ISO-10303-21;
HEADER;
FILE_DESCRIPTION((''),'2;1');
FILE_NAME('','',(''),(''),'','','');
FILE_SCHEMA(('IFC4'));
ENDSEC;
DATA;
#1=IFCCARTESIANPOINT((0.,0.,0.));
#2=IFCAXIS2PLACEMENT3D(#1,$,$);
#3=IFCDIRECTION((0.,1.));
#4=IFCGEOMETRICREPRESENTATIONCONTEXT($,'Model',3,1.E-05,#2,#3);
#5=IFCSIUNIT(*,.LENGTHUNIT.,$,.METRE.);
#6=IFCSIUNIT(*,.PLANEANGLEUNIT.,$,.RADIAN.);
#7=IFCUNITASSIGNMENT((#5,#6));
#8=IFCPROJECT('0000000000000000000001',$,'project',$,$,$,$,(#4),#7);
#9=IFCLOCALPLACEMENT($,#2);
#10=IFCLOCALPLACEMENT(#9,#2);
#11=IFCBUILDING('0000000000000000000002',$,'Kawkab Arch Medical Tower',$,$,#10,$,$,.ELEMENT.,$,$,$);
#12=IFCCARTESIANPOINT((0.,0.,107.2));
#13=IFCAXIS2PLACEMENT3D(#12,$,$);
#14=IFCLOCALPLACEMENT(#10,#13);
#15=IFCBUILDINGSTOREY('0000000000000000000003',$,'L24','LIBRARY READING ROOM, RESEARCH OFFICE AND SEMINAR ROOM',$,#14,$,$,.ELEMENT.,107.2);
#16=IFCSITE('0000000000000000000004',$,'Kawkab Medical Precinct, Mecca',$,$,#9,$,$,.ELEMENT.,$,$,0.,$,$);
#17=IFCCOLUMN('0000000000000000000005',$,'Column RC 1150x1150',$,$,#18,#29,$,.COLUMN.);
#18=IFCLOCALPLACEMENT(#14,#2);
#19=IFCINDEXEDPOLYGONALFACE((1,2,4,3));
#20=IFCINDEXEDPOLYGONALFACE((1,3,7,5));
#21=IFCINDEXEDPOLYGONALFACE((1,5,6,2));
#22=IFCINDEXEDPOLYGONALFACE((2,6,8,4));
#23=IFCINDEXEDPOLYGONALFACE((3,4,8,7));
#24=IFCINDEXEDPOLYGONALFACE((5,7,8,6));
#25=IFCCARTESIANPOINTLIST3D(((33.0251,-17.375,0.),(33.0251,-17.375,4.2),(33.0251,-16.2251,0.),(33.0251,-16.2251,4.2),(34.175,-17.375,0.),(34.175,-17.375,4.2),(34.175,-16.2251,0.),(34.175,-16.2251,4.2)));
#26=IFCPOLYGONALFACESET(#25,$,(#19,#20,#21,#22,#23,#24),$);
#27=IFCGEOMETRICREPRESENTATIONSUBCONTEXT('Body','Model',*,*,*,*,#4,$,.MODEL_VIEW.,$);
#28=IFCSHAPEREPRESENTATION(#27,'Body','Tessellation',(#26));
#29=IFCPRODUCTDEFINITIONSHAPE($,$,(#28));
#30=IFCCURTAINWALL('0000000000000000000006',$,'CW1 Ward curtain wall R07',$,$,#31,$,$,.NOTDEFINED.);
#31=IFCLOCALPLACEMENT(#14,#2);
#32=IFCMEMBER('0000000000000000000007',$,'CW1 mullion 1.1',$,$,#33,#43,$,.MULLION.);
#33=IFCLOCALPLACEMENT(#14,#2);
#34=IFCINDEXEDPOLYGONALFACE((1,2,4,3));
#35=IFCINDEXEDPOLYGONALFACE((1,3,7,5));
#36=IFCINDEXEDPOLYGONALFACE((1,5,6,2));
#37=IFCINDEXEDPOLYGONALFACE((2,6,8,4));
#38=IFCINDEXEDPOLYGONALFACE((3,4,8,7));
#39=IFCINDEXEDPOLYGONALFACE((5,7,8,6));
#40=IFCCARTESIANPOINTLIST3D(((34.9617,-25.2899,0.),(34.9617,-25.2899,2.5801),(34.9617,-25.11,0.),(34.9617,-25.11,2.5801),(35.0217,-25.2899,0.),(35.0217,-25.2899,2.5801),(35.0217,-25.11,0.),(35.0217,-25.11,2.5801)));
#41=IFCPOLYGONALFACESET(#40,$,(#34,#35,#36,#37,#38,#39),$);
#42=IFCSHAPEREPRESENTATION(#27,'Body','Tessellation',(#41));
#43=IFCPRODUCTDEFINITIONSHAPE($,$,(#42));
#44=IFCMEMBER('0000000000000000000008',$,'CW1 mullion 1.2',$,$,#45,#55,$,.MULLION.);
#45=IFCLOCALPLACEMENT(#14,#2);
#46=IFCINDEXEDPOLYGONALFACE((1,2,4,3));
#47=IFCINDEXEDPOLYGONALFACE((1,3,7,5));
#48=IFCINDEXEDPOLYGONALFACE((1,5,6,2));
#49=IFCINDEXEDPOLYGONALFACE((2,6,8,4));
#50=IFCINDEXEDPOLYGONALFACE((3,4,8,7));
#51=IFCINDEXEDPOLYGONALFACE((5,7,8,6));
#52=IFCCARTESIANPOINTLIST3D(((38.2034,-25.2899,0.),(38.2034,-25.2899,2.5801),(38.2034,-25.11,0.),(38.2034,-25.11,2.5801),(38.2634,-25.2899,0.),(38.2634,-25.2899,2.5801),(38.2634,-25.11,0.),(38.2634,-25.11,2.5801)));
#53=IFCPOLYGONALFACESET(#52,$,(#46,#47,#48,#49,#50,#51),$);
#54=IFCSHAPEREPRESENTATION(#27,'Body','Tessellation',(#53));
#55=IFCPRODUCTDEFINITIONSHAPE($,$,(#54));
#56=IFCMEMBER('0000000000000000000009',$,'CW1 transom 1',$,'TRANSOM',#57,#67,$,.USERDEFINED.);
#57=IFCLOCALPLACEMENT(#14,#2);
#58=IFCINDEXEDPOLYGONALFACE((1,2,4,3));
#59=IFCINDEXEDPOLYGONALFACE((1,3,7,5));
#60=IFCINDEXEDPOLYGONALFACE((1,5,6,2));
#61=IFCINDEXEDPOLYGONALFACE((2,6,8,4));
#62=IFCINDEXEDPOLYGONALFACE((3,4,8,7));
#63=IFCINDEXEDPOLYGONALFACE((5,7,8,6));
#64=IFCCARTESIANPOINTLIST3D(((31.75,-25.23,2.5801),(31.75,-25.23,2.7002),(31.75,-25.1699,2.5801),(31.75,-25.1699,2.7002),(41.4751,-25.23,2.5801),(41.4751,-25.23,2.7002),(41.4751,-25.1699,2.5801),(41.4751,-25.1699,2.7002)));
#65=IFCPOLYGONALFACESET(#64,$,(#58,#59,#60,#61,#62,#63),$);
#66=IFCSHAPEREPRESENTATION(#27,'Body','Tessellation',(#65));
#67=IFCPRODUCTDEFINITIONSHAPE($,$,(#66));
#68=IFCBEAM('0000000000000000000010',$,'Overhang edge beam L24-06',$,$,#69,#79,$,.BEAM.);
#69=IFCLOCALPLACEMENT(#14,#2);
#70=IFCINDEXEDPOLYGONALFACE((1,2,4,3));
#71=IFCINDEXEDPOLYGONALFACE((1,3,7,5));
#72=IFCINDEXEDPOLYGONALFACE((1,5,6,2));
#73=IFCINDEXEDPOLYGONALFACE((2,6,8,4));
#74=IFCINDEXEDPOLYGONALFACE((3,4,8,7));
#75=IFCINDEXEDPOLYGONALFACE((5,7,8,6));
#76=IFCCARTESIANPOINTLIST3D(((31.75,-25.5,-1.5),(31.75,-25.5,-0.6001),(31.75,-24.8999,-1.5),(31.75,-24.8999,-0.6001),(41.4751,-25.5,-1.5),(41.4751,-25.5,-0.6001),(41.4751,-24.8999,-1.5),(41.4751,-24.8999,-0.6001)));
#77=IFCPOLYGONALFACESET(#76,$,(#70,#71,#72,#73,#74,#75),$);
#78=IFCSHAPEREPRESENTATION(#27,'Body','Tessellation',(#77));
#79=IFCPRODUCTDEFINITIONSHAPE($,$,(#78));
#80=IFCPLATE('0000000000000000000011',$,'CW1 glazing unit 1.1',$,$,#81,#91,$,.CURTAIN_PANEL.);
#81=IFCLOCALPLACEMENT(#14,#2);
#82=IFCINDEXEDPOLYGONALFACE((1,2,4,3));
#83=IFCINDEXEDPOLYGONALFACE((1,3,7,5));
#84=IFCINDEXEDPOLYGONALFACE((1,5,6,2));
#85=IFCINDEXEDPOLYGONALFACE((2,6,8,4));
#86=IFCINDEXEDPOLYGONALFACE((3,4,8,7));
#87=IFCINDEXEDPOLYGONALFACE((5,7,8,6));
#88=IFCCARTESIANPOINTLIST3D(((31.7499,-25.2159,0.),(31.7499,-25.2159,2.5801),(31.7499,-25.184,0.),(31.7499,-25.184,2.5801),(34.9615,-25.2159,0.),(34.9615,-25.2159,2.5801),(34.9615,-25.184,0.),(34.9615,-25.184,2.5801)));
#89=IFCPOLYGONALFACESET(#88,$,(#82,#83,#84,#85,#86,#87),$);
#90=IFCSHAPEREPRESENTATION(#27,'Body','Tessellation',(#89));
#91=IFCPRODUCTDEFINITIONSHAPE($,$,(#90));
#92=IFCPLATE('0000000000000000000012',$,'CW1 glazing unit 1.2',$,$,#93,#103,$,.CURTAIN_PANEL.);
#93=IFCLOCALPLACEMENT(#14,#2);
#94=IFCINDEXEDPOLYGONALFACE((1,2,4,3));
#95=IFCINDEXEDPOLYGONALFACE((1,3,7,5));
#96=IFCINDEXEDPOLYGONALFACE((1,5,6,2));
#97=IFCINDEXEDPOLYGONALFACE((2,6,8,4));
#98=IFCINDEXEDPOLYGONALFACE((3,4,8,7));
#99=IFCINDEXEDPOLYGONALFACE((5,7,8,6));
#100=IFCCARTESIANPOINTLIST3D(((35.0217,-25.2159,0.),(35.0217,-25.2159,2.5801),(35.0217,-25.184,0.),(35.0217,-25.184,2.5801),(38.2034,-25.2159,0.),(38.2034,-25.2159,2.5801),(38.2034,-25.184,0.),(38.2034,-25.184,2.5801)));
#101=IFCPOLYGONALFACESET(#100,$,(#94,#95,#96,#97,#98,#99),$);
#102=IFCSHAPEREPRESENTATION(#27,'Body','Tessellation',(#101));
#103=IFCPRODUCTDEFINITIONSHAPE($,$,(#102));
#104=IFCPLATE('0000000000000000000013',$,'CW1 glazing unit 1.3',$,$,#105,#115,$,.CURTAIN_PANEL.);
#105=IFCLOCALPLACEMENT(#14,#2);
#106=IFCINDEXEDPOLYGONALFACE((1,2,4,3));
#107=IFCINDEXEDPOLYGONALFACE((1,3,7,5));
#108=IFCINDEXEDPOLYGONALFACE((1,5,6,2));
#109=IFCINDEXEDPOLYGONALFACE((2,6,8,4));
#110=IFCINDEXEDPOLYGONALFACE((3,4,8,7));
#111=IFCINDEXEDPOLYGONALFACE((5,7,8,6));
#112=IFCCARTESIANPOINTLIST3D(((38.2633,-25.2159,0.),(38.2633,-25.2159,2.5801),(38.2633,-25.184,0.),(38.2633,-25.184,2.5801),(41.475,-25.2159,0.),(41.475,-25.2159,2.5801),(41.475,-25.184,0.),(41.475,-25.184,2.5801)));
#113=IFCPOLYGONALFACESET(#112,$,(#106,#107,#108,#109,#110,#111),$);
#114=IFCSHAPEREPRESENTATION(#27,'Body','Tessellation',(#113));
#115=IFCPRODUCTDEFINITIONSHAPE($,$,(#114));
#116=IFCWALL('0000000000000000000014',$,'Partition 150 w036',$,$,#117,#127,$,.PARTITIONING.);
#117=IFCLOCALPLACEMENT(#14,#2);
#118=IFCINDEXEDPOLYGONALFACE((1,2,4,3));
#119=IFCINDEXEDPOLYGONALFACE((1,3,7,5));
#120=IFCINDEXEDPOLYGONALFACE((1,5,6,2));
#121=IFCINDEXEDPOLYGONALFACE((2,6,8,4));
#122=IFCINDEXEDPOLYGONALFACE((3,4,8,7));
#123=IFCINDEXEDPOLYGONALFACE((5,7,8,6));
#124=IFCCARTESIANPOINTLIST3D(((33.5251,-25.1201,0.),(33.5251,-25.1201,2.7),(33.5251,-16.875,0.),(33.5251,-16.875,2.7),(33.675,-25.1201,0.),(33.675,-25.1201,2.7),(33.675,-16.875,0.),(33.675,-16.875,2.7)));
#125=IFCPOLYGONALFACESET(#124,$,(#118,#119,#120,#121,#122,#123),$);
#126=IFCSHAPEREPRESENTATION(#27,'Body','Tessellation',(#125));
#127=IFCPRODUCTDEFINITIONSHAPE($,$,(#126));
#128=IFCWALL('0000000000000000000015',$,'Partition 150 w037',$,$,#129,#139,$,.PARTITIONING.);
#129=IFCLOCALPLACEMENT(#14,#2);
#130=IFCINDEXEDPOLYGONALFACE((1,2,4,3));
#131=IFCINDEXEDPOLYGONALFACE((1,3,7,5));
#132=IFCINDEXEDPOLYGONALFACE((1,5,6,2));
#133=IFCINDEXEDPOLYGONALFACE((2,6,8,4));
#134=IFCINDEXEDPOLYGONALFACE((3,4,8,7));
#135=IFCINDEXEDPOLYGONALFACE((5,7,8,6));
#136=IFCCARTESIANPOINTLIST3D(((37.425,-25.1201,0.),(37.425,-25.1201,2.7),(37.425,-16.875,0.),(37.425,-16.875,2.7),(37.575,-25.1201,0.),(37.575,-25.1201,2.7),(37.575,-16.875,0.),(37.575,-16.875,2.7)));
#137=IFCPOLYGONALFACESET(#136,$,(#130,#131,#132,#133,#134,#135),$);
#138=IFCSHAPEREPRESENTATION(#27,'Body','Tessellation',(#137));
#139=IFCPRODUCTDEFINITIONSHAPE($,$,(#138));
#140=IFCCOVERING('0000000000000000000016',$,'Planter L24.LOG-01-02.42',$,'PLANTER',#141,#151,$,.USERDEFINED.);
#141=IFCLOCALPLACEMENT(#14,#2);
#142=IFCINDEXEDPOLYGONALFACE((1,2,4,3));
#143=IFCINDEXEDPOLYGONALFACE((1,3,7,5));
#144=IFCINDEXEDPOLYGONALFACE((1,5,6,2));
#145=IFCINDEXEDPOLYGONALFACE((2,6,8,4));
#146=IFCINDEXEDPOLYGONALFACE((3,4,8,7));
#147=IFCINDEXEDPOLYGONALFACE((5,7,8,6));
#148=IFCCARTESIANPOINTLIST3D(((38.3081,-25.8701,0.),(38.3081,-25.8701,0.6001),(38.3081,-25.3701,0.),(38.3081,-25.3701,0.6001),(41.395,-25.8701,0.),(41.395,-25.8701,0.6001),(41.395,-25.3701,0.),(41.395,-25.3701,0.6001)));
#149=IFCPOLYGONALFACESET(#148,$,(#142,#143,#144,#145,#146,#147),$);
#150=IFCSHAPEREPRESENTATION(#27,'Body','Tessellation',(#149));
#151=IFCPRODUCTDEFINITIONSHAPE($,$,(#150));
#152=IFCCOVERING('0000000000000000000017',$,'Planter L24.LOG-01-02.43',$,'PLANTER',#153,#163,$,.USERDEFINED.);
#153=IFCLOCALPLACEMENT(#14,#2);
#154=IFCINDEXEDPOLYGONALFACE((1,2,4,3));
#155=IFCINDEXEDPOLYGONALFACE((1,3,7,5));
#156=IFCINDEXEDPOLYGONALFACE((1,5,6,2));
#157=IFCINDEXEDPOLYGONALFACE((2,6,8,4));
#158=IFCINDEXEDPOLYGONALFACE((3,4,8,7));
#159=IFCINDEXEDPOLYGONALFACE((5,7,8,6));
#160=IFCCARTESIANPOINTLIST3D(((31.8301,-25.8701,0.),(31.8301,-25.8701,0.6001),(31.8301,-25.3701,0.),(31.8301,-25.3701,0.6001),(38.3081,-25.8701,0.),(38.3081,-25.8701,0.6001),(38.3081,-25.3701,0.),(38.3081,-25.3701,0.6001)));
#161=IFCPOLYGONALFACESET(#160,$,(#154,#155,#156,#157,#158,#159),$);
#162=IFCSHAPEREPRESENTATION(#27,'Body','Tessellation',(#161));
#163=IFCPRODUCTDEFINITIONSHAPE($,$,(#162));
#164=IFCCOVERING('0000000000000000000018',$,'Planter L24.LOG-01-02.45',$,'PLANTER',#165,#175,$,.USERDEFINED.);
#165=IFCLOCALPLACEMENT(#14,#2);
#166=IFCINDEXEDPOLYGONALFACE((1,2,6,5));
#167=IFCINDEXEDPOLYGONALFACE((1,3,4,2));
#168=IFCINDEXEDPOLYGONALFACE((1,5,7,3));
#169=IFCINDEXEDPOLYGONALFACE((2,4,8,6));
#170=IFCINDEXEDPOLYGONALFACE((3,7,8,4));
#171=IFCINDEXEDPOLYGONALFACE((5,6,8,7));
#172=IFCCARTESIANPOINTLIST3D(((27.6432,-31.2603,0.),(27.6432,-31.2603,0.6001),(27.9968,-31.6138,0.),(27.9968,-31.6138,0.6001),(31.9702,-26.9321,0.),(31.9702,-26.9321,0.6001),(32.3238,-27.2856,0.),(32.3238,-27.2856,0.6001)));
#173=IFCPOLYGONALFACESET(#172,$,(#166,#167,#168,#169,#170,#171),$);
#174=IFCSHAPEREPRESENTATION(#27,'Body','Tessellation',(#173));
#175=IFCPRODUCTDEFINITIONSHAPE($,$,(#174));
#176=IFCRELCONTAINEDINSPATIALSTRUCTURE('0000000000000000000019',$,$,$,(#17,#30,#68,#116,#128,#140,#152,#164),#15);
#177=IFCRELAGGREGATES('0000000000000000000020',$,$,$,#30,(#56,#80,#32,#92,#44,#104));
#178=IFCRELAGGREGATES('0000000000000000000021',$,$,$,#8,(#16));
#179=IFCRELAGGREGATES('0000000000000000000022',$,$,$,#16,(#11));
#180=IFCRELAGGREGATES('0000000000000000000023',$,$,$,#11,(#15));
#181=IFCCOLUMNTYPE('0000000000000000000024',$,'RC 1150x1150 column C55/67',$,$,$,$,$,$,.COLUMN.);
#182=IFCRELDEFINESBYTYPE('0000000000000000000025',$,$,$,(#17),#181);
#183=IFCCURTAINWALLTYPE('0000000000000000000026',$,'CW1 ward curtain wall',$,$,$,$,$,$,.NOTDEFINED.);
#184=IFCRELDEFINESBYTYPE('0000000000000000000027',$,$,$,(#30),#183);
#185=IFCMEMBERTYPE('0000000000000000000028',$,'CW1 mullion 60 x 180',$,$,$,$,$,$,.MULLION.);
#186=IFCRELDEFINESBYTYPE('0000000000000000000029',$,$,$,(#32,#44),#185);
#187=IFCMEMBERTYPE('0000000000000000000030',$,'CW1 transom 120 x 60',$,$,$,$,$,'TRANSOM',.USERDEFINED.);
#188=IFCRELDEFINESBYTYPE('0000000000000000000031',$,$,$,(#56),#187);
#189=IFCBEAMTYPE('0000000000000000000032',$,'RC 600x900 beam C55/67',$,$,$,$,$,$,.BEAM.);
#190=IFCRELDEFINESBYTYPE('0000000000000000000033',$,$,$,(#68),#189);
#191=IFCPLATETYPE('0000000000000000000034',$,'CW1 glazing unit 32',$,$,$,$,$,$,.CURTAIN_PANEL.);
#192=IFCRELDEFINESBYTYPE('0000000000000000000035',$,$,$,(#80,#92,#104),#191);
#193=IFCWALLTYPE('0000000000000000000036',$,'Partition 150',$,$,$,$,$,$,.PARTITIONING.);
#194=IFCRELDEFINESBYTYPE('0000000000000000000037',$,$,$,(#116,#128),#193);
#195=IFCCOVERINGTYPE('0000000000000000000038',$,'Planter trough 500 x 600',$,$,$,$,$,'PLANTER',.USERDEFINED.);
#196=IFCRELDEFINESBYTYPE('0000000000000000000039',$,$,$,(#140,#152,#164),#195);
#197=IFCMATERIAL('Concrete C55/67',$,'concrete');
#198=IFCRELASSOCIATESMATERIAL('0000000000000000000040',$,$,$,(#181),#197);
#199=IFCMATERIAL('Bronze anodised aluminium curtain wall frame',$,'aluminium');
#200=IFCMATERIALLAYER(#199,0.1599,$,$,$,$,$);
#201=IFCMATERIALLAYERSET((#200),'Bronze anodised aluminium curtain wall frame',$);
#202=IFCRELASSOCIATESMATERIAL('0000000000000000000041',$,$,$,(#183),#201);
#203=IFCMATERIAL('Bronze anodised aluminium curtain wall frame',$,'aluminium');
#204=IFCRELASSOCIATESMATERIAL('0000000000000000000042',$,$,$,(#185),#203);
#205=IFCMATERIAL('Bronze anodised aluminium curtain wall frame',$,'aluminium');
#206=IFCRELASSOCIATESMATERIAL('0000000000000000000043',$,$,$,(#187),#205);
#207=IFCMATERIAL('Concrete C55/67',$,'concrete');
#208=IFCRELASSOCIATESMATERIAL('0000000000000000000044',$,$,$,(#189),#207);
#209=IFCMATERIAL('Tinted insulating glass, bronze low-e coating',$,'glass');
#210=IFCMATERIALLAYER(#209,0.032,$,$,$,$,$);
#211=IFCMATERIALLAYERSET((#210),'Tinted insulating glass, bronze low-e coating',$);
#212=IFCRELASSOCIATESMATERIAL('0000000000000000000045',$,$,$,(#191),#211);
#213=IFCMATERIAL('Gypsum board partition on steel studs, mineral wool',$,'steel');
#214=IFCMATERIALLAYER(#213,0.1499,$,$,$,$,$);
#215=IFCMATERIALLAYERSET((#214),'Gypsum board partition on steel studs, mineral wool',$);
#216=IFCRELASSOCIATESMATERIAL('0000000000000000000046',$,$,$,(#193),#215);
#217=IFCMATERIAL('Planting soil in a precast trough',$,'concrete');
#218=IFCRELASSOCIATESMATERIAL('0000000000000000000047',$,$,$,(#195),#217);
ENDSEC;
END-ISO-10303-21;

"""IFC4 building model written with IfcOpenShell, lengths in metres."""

from ifc_helpers import new_model, si_unit, direction, frame, frame_2d, origin, origin_2d, place, context, subcontext, project, spatial, rectangle, extrude, material, layer, layer_set, material_profile, profile_set, type_object, element, aggregate, save


model = new_model("IFC4")

# Units and contexts
model_context = context("Model", 3, precision=1e-05, world=origin(), true_north=direction((0.0, 1.0)))
body_context = subcontext(model_context, "Body", "Model", "MODEL_VIEW")
ifc_project = project(units=[si_unit("LENGTHUNIT", "METRE"), si_unit("PLANEANGLEUNIT", "RADIAN")], contexts=[model_context])

# Site, building, storey
site_placement = place(None, origin())
site = spatial("IfcSite", under=ifc_project, at=site_placement, Name="Kawkab Medical Precinct, Mecca", CompositionType="ELEMENT", RefElevation=0.0)
building_placement = place(site_placement, origin())
building = spatial("IfcBuilding", under=site, at=building_placement, Name="Kawkab Arch Medical Tower", CompositionType="ELEMENT")
storey_placement = place(building_placement, frame((0.0, 0.0, 107.2)))
storey = spatial("IfcBuildingStorey", under=building, at=storey_placement, Name="L24", Description="LIBRARY READING ROOM, RESEARCH OFFICE AND SEMINAR ROOM", CompositionType="ELEMENT", Elevation=107.2)

# Column
ifc_material_1 = material(Name="Concrete C55/67", Category="concrete")
ifc_material_profile_1 = material_profile(ifc_material_1, rectangle(XDim=1.1499, YDim=1.1499, at=origin_2d()), Name="RC 1150x1150")
ifc_profile_set_1 = profile_set([ifc_material_profile_1], Name="Concrete C55/67")
column_type = type_object("IfcColumnType", Name="RC 1150x1150 column C55/67", PredefinedType="COLUMN", material=ifc_profile_set_1)
column_placement = place(storey_placement, frame((33.6001, -16.8, 0.0), z_axis=(0.0, 0.0, 1.0), x_axis=(1.0, 0.0, 0.0)))
element("IfcColumn", 1, at=column_placement, inside=storey, type_object=column_type, Name="Column RC 1150x1150", PredefinedType="COLUMN", context=body_context, shape_type="SweptSolid", body=[
    extrude(rectangle(XDim=1.1499, YDim=1.1499, at=origin_2d()), origin(), (0.0, 0.0, 1.0), 4.2),
])

# Curtain wall, members
ifc_material_2 = material(Name="Bronze anodised aluminium curtain wall frame", Category="aluminium")
ifc_layer_1 = layer(ifc_material_2, 0.1599)
ifc_layer_set_1 = layer_set([ifc_layer_1], Name="Bronze anodised aluminium curtain wall frame")
curtain_wall_type = type_object("IfcCurtainWallType", Name="CW1 ward curtain wall", PredefinedType="NOTDEFINED", material=ifc_layer_set_1)
curtain_wall_placement = place(storey_placement, origin())
curtain_wall = element("IfcCurtainWall", 2, at=curtain_wall_placement, inside=storey, type_object=curtain_wall_type, Name="CW1 Ward curtain wall R07", PredefinedType="NOTDEFINED")
ifc_material_3 = material(Name="Bronze anodised aluminium curtain wall frame", Category="aluminium")
ifc_material_profile_2 = material_profile(ifc_material_3, rectangle(XDim=0.1799, YDim=0.0601, at=origin_2d()), Name="AL 60x180")
ifc_profile_set_2 = profile_set([ifc_material_profile_2], Name="Bronze anodised aluminium curtain wall frame")
member_type_1 = type_object("IfcMemberType", Name="CW1 mullion 60 x 180", PredefinedType="MULLION", material=ifc_profile_set_2)
member_1_placement = place(storey_placement, frame((34.9917, -25.2, 0.0), z_axis=(0.0, 0.0, 1.0), x_axis=(0.0, 1.0, 0.0)))
member_1 = element("IfcMember", 3, at=member_1_placement, type_object=member_type_1, Name="CW1 mullion 1.1", PredefinedType="MULLION", context=body_context, shape_type="SweptSolid", body=[
    extrude(rectangle(XDim=0.1799, YDim=0.0601, at=origin_2d()), origin(), (0.0, 0.0, 1.0), 2.5801),
])
member_2_placement = place(storey_placement, frame((38.2334, -25.2, 0.0), z_axis=(0.0, 0.0, 1.0), x_axis=(0.0, 1.0, 0.0)))
member_2 = element("IfcMember", 4, at=member_2_placement, type_object=member_type_1, Name="CW1 mullion 1.2", PredefinedType="MULLION", context=body_context, shape_type="SweptSolid", body=[
    extrude(rectangle(XDim=0.1799, YDim=0.0601, at=origin_2d()), origin(), (0.0, 0.0, 1.0), 2.5801),
])
ifc_material_4 = material(Name="Bronze anodised aluminium curtain wall frame", Category="aluminium")
ifc_material_profile_3 = material_profile(ifc_material_4, rectangle(XDim=0.0601, YDim=0.1201, at=origin_2d()), Name="AL 60x120")
ifc_profile_set_3 = profile_set([ifc_material_profile_3], Name="Bronze anodised aluminium curtain wall frame")
member_type_2 = type_object("IfcMemberType", Name="CW1 transom 120 x 60", ElementType="TRANSOM", PredefinedType="USERDEFINED", material=ifc_profile_set_3)
member_3_placement = place(storey_placement, frame((31.75, -25.2, 2.6401), z_axis=(1.0, 0.0, 0.0), x_axis=(0.0, 1.0, 0.0)))
member_3 = element("IfcMember", 5, at=member_3_placement, type_object=member_type_2, Name="CW1 transom 1", ObjectType="TRANSOM", PredefinedType="USERDEFINED", context=body_context, shape_type="SweptSolid", body=[
    extrude(rectangle(XDim=0.0601, YDim=0.1201, at=origin_2d()), origin(), (0.0, 0.0, 1.0), 9.7251),
])

# Beam
ifc_material_5 = material(Name="Concrete C55/67", Category="concrete")
ifc_material_profile_4 = material_profile(ifc_material_5, rectangle(XDim=0.6001, YDim=0.8999, at=origin_2d()), Name="RC 600x900")
ifc_profile_set_4 = profile_set([ifc_material_profile_4], Name="Concrete C55/67")
beam_type = type_object("IfcBeamType", Name="RC 600x900 beam C55/67", PredefinedType="BEAM", material=ifc_profile_set_4)
beam_placement = place(storey_placement, frame((41.4751, -25.2, -1.05), z_axis=(-1.0, 0.0, 0.0), x_axis=(0.0, -1.0, 0.0)))
element("IfcBeam", 6, at=beam_placement, inside=storey, type_object=beam_type, Name="Overhang edge beam L24-06", PredefinedType="BEAM", context=body_context, shape_type="SweptSolid", body=[
    extrude(rectangle(XDim=0.6001, YDim=0.8999, at=origin_2d()), origin(), (0.0, 0.0, 1.0), 9.7251),
])

# Plates
ifc_material_6 = material(Name="Tinted insulating glass, bronze low-e coating", Category="glass")
ifc_layer_2 = layer(ifc_material_6, 0.032)
ifc_layer_set_2 = layer_set([ifc_layer_2], Name="Tinted insulating glass, bronze low-e coating")
plate_type = type_object("IfcPlateType", Name="CW1 glazing unit 32", PredefinedType="CURTAIN_PANEL", material=ifc_layer_set_2)
plate_1_placement = place(storey_placement, frame((33.3557, -25.2, 0.0), z_axis=(0.0, 0.0, 1.0), x_axis=(1.0, 0.0, 0.0)))
plate_1 = element("IfcPlate", 7, at=plate_1_placement, type_object=plate_type, Name="CW1 glazing unit 1.1", PredefinedType="CURTAIN_PANEL", context=body_context, shape_type="SweptSolid", body=[
    extrude(rectangle(XDim=3.2117, YDim=0.032, at=origin_2d()), origin(), (0.0, 0.0, 1.0), 2.5801),
])
plate_2_placement = place(storey_placement, frame((36.6125, -25.2, 0.0), z_axis=(0.0, 0.0, 1.0), x_axis=(1.0, 0.0, 0.0)))
plate_2 = element("IfcPlate", 8, at=plate_2_placement, type_object=plate_type, Name="CW1 glazing unit 1.2", PredefinedType="CURTAIN_PANEL", context=body_context, shape_type="SweptSolid", body=[
    extrude(rectangle(XDim=3.1816, YDim=0.032, at=origin_2d()), origin(), (0.0, 0.0, 1.0), 2.5801),
])
plate_3_placement = place(storey_placement, frame((39.8691, -25.2, 0.0), z_axis=(0.0, 0.0, 1.0), x_axis=(1.0, 0.0, 0.0)))
plate_3 = element("IfcPlate", 9, at=plate_3_placement, type_object=plate_type, Name="CW1 glazing unit 1.3", PredefinedType="CURTAIN_PANEL", context=body_context, shape_type="SweptSolid", body=[
    extrude(rectangle(XDim=3.2117, YDim=0.032, at=origin_2d()), origin(), (0.0, 0.0, 1.0), 2.5801),
])
aggregate(curtain_wall, [member_3, plate_1, member_1, plate_2, member_2, plate_3])

# Walls
ifc_material_7 = material(Name="Gypsum board partition on steel studs, mineral wool", Category="steel")
ifc_layer_3 = layer(ifc_material_7, 0.1499)
ifc_layer_set_3 = layer_set([ifc_layer_3], Name="Gypsum board partition on steel studs, mineral wool")
wall_type = type_object("IfcWallType", Name="Partition 150", PredefinedType="PARTITIONING", material=ifc_layer_set_3)
for number, where, z_axis, x_axis, name in (
    (10, (33.6001, -25.1201, 0.0), (0.0, 0.0, 1.0), (0.0, 1.0, 0.0), "Partition 150 w036"),
    (11, (37.5, -25.1201, 0.0), (0.0, 0.0, 1.0), (0.0, 1.0, 0.0), "Partition 150 w037"),
):
    element("IfcWall", number, at=place(storey_placement, frame(where, z_axis=z_axis, x_axis=x_axis)), inside=storey, type_object=wall_type, Name=name, PredefinedType="PARTITIONING", context=body_context, shape_type="SweptSolid", body=[
        extrude(rectangle(XDim=8.2451, YDim=0.1499, at=frame_2d((4.1226, 0.0))), origin(), (0.0, 0.0, 1.0), 2.7),
    ])

# Coverings
ifc_material_8 = material(Name="Planting soil in a precast trough", Category="concrete")
ifc_material_profile_5 = material_profile(ifc_material_8, rectangle(XDim=0.5, YDim=0.6001, at=origin_2d()), Name="Trough 500x600")
ifc_profile_set_5 = profile_set([ifc_material_profile_5], Name="Planting soil in a precast trough")
covering_type = type_object("IfcCoveringType", Name="Planter trough 500 x 600", ElementType="PLANTER", PredefinedType="USERDEFINED", material=ifc_profile_set_5)
covering_1_placement = place(storey_placement, frame((41.395, -25.6201, 0.3), z_axis=(-1.0, 0.0, 0.0), x_axis=(0.0, -1.0, 0.0)))
element("IfcCovering", 12, at=covering_1_placement, inside=storey, type_object=covering_type, Name="Planter L24.LOG-01-02.42", ObjectType="PLANTER", PredefinedType="USERDEFINED", context=body_context, shape_type="SweptSolid", body=[
    extrude(rectangle(XDim=0.5, YDim=0.6001, at=origin_2d()), origin(), (0.0, 0.0, 1.0), 3.0869),
])
covering_2_placement = place(storey_placement, frame((38.3081, -25.6201, 0.3), z_axis=(-1.0, 0.0, 0.0), x_axis=(0.0, -1.0, 0.0)))
element("IfcCovering", 13, at=covering_2_placement, inside=storey, type_object=covering_type, Name="Planter L24.LOG-01-02.43", ObjectType="PLANTER", PredefinedType="USERDEFINED", context=body_context, shape_type="SweptSolid", body=[
    extrude(rectangle(XDim=0.5, YDim=0.6001, at=origin_2d()), origin(), (0.0, 0.0, 1.0), 6.478),
])
covering_3_placement = place(storey_placement, frame((32.147, -27.1089, 0.3), z_axis=(-0.707007, -0.707207, 0.0), x_axis=(0.707207, -0.707007, 0.0)))
element("IfcCovering", 14, at=covering_3_placement, inside=storey, type_object=covering_type, Name="Planter L24.LOG-01-02.45", ObjectType="PLANTER", PredefinedType="USERDEFINED", context=body_context, shape_type="SweptSolid", body=[
    extrude(rectangle(XDim=0.5, YDim=0.6001, at=origin_2d()), origin(), (0.0, 0.0, 1.0), 6.1201),
])

save(model, "model.ifc")
